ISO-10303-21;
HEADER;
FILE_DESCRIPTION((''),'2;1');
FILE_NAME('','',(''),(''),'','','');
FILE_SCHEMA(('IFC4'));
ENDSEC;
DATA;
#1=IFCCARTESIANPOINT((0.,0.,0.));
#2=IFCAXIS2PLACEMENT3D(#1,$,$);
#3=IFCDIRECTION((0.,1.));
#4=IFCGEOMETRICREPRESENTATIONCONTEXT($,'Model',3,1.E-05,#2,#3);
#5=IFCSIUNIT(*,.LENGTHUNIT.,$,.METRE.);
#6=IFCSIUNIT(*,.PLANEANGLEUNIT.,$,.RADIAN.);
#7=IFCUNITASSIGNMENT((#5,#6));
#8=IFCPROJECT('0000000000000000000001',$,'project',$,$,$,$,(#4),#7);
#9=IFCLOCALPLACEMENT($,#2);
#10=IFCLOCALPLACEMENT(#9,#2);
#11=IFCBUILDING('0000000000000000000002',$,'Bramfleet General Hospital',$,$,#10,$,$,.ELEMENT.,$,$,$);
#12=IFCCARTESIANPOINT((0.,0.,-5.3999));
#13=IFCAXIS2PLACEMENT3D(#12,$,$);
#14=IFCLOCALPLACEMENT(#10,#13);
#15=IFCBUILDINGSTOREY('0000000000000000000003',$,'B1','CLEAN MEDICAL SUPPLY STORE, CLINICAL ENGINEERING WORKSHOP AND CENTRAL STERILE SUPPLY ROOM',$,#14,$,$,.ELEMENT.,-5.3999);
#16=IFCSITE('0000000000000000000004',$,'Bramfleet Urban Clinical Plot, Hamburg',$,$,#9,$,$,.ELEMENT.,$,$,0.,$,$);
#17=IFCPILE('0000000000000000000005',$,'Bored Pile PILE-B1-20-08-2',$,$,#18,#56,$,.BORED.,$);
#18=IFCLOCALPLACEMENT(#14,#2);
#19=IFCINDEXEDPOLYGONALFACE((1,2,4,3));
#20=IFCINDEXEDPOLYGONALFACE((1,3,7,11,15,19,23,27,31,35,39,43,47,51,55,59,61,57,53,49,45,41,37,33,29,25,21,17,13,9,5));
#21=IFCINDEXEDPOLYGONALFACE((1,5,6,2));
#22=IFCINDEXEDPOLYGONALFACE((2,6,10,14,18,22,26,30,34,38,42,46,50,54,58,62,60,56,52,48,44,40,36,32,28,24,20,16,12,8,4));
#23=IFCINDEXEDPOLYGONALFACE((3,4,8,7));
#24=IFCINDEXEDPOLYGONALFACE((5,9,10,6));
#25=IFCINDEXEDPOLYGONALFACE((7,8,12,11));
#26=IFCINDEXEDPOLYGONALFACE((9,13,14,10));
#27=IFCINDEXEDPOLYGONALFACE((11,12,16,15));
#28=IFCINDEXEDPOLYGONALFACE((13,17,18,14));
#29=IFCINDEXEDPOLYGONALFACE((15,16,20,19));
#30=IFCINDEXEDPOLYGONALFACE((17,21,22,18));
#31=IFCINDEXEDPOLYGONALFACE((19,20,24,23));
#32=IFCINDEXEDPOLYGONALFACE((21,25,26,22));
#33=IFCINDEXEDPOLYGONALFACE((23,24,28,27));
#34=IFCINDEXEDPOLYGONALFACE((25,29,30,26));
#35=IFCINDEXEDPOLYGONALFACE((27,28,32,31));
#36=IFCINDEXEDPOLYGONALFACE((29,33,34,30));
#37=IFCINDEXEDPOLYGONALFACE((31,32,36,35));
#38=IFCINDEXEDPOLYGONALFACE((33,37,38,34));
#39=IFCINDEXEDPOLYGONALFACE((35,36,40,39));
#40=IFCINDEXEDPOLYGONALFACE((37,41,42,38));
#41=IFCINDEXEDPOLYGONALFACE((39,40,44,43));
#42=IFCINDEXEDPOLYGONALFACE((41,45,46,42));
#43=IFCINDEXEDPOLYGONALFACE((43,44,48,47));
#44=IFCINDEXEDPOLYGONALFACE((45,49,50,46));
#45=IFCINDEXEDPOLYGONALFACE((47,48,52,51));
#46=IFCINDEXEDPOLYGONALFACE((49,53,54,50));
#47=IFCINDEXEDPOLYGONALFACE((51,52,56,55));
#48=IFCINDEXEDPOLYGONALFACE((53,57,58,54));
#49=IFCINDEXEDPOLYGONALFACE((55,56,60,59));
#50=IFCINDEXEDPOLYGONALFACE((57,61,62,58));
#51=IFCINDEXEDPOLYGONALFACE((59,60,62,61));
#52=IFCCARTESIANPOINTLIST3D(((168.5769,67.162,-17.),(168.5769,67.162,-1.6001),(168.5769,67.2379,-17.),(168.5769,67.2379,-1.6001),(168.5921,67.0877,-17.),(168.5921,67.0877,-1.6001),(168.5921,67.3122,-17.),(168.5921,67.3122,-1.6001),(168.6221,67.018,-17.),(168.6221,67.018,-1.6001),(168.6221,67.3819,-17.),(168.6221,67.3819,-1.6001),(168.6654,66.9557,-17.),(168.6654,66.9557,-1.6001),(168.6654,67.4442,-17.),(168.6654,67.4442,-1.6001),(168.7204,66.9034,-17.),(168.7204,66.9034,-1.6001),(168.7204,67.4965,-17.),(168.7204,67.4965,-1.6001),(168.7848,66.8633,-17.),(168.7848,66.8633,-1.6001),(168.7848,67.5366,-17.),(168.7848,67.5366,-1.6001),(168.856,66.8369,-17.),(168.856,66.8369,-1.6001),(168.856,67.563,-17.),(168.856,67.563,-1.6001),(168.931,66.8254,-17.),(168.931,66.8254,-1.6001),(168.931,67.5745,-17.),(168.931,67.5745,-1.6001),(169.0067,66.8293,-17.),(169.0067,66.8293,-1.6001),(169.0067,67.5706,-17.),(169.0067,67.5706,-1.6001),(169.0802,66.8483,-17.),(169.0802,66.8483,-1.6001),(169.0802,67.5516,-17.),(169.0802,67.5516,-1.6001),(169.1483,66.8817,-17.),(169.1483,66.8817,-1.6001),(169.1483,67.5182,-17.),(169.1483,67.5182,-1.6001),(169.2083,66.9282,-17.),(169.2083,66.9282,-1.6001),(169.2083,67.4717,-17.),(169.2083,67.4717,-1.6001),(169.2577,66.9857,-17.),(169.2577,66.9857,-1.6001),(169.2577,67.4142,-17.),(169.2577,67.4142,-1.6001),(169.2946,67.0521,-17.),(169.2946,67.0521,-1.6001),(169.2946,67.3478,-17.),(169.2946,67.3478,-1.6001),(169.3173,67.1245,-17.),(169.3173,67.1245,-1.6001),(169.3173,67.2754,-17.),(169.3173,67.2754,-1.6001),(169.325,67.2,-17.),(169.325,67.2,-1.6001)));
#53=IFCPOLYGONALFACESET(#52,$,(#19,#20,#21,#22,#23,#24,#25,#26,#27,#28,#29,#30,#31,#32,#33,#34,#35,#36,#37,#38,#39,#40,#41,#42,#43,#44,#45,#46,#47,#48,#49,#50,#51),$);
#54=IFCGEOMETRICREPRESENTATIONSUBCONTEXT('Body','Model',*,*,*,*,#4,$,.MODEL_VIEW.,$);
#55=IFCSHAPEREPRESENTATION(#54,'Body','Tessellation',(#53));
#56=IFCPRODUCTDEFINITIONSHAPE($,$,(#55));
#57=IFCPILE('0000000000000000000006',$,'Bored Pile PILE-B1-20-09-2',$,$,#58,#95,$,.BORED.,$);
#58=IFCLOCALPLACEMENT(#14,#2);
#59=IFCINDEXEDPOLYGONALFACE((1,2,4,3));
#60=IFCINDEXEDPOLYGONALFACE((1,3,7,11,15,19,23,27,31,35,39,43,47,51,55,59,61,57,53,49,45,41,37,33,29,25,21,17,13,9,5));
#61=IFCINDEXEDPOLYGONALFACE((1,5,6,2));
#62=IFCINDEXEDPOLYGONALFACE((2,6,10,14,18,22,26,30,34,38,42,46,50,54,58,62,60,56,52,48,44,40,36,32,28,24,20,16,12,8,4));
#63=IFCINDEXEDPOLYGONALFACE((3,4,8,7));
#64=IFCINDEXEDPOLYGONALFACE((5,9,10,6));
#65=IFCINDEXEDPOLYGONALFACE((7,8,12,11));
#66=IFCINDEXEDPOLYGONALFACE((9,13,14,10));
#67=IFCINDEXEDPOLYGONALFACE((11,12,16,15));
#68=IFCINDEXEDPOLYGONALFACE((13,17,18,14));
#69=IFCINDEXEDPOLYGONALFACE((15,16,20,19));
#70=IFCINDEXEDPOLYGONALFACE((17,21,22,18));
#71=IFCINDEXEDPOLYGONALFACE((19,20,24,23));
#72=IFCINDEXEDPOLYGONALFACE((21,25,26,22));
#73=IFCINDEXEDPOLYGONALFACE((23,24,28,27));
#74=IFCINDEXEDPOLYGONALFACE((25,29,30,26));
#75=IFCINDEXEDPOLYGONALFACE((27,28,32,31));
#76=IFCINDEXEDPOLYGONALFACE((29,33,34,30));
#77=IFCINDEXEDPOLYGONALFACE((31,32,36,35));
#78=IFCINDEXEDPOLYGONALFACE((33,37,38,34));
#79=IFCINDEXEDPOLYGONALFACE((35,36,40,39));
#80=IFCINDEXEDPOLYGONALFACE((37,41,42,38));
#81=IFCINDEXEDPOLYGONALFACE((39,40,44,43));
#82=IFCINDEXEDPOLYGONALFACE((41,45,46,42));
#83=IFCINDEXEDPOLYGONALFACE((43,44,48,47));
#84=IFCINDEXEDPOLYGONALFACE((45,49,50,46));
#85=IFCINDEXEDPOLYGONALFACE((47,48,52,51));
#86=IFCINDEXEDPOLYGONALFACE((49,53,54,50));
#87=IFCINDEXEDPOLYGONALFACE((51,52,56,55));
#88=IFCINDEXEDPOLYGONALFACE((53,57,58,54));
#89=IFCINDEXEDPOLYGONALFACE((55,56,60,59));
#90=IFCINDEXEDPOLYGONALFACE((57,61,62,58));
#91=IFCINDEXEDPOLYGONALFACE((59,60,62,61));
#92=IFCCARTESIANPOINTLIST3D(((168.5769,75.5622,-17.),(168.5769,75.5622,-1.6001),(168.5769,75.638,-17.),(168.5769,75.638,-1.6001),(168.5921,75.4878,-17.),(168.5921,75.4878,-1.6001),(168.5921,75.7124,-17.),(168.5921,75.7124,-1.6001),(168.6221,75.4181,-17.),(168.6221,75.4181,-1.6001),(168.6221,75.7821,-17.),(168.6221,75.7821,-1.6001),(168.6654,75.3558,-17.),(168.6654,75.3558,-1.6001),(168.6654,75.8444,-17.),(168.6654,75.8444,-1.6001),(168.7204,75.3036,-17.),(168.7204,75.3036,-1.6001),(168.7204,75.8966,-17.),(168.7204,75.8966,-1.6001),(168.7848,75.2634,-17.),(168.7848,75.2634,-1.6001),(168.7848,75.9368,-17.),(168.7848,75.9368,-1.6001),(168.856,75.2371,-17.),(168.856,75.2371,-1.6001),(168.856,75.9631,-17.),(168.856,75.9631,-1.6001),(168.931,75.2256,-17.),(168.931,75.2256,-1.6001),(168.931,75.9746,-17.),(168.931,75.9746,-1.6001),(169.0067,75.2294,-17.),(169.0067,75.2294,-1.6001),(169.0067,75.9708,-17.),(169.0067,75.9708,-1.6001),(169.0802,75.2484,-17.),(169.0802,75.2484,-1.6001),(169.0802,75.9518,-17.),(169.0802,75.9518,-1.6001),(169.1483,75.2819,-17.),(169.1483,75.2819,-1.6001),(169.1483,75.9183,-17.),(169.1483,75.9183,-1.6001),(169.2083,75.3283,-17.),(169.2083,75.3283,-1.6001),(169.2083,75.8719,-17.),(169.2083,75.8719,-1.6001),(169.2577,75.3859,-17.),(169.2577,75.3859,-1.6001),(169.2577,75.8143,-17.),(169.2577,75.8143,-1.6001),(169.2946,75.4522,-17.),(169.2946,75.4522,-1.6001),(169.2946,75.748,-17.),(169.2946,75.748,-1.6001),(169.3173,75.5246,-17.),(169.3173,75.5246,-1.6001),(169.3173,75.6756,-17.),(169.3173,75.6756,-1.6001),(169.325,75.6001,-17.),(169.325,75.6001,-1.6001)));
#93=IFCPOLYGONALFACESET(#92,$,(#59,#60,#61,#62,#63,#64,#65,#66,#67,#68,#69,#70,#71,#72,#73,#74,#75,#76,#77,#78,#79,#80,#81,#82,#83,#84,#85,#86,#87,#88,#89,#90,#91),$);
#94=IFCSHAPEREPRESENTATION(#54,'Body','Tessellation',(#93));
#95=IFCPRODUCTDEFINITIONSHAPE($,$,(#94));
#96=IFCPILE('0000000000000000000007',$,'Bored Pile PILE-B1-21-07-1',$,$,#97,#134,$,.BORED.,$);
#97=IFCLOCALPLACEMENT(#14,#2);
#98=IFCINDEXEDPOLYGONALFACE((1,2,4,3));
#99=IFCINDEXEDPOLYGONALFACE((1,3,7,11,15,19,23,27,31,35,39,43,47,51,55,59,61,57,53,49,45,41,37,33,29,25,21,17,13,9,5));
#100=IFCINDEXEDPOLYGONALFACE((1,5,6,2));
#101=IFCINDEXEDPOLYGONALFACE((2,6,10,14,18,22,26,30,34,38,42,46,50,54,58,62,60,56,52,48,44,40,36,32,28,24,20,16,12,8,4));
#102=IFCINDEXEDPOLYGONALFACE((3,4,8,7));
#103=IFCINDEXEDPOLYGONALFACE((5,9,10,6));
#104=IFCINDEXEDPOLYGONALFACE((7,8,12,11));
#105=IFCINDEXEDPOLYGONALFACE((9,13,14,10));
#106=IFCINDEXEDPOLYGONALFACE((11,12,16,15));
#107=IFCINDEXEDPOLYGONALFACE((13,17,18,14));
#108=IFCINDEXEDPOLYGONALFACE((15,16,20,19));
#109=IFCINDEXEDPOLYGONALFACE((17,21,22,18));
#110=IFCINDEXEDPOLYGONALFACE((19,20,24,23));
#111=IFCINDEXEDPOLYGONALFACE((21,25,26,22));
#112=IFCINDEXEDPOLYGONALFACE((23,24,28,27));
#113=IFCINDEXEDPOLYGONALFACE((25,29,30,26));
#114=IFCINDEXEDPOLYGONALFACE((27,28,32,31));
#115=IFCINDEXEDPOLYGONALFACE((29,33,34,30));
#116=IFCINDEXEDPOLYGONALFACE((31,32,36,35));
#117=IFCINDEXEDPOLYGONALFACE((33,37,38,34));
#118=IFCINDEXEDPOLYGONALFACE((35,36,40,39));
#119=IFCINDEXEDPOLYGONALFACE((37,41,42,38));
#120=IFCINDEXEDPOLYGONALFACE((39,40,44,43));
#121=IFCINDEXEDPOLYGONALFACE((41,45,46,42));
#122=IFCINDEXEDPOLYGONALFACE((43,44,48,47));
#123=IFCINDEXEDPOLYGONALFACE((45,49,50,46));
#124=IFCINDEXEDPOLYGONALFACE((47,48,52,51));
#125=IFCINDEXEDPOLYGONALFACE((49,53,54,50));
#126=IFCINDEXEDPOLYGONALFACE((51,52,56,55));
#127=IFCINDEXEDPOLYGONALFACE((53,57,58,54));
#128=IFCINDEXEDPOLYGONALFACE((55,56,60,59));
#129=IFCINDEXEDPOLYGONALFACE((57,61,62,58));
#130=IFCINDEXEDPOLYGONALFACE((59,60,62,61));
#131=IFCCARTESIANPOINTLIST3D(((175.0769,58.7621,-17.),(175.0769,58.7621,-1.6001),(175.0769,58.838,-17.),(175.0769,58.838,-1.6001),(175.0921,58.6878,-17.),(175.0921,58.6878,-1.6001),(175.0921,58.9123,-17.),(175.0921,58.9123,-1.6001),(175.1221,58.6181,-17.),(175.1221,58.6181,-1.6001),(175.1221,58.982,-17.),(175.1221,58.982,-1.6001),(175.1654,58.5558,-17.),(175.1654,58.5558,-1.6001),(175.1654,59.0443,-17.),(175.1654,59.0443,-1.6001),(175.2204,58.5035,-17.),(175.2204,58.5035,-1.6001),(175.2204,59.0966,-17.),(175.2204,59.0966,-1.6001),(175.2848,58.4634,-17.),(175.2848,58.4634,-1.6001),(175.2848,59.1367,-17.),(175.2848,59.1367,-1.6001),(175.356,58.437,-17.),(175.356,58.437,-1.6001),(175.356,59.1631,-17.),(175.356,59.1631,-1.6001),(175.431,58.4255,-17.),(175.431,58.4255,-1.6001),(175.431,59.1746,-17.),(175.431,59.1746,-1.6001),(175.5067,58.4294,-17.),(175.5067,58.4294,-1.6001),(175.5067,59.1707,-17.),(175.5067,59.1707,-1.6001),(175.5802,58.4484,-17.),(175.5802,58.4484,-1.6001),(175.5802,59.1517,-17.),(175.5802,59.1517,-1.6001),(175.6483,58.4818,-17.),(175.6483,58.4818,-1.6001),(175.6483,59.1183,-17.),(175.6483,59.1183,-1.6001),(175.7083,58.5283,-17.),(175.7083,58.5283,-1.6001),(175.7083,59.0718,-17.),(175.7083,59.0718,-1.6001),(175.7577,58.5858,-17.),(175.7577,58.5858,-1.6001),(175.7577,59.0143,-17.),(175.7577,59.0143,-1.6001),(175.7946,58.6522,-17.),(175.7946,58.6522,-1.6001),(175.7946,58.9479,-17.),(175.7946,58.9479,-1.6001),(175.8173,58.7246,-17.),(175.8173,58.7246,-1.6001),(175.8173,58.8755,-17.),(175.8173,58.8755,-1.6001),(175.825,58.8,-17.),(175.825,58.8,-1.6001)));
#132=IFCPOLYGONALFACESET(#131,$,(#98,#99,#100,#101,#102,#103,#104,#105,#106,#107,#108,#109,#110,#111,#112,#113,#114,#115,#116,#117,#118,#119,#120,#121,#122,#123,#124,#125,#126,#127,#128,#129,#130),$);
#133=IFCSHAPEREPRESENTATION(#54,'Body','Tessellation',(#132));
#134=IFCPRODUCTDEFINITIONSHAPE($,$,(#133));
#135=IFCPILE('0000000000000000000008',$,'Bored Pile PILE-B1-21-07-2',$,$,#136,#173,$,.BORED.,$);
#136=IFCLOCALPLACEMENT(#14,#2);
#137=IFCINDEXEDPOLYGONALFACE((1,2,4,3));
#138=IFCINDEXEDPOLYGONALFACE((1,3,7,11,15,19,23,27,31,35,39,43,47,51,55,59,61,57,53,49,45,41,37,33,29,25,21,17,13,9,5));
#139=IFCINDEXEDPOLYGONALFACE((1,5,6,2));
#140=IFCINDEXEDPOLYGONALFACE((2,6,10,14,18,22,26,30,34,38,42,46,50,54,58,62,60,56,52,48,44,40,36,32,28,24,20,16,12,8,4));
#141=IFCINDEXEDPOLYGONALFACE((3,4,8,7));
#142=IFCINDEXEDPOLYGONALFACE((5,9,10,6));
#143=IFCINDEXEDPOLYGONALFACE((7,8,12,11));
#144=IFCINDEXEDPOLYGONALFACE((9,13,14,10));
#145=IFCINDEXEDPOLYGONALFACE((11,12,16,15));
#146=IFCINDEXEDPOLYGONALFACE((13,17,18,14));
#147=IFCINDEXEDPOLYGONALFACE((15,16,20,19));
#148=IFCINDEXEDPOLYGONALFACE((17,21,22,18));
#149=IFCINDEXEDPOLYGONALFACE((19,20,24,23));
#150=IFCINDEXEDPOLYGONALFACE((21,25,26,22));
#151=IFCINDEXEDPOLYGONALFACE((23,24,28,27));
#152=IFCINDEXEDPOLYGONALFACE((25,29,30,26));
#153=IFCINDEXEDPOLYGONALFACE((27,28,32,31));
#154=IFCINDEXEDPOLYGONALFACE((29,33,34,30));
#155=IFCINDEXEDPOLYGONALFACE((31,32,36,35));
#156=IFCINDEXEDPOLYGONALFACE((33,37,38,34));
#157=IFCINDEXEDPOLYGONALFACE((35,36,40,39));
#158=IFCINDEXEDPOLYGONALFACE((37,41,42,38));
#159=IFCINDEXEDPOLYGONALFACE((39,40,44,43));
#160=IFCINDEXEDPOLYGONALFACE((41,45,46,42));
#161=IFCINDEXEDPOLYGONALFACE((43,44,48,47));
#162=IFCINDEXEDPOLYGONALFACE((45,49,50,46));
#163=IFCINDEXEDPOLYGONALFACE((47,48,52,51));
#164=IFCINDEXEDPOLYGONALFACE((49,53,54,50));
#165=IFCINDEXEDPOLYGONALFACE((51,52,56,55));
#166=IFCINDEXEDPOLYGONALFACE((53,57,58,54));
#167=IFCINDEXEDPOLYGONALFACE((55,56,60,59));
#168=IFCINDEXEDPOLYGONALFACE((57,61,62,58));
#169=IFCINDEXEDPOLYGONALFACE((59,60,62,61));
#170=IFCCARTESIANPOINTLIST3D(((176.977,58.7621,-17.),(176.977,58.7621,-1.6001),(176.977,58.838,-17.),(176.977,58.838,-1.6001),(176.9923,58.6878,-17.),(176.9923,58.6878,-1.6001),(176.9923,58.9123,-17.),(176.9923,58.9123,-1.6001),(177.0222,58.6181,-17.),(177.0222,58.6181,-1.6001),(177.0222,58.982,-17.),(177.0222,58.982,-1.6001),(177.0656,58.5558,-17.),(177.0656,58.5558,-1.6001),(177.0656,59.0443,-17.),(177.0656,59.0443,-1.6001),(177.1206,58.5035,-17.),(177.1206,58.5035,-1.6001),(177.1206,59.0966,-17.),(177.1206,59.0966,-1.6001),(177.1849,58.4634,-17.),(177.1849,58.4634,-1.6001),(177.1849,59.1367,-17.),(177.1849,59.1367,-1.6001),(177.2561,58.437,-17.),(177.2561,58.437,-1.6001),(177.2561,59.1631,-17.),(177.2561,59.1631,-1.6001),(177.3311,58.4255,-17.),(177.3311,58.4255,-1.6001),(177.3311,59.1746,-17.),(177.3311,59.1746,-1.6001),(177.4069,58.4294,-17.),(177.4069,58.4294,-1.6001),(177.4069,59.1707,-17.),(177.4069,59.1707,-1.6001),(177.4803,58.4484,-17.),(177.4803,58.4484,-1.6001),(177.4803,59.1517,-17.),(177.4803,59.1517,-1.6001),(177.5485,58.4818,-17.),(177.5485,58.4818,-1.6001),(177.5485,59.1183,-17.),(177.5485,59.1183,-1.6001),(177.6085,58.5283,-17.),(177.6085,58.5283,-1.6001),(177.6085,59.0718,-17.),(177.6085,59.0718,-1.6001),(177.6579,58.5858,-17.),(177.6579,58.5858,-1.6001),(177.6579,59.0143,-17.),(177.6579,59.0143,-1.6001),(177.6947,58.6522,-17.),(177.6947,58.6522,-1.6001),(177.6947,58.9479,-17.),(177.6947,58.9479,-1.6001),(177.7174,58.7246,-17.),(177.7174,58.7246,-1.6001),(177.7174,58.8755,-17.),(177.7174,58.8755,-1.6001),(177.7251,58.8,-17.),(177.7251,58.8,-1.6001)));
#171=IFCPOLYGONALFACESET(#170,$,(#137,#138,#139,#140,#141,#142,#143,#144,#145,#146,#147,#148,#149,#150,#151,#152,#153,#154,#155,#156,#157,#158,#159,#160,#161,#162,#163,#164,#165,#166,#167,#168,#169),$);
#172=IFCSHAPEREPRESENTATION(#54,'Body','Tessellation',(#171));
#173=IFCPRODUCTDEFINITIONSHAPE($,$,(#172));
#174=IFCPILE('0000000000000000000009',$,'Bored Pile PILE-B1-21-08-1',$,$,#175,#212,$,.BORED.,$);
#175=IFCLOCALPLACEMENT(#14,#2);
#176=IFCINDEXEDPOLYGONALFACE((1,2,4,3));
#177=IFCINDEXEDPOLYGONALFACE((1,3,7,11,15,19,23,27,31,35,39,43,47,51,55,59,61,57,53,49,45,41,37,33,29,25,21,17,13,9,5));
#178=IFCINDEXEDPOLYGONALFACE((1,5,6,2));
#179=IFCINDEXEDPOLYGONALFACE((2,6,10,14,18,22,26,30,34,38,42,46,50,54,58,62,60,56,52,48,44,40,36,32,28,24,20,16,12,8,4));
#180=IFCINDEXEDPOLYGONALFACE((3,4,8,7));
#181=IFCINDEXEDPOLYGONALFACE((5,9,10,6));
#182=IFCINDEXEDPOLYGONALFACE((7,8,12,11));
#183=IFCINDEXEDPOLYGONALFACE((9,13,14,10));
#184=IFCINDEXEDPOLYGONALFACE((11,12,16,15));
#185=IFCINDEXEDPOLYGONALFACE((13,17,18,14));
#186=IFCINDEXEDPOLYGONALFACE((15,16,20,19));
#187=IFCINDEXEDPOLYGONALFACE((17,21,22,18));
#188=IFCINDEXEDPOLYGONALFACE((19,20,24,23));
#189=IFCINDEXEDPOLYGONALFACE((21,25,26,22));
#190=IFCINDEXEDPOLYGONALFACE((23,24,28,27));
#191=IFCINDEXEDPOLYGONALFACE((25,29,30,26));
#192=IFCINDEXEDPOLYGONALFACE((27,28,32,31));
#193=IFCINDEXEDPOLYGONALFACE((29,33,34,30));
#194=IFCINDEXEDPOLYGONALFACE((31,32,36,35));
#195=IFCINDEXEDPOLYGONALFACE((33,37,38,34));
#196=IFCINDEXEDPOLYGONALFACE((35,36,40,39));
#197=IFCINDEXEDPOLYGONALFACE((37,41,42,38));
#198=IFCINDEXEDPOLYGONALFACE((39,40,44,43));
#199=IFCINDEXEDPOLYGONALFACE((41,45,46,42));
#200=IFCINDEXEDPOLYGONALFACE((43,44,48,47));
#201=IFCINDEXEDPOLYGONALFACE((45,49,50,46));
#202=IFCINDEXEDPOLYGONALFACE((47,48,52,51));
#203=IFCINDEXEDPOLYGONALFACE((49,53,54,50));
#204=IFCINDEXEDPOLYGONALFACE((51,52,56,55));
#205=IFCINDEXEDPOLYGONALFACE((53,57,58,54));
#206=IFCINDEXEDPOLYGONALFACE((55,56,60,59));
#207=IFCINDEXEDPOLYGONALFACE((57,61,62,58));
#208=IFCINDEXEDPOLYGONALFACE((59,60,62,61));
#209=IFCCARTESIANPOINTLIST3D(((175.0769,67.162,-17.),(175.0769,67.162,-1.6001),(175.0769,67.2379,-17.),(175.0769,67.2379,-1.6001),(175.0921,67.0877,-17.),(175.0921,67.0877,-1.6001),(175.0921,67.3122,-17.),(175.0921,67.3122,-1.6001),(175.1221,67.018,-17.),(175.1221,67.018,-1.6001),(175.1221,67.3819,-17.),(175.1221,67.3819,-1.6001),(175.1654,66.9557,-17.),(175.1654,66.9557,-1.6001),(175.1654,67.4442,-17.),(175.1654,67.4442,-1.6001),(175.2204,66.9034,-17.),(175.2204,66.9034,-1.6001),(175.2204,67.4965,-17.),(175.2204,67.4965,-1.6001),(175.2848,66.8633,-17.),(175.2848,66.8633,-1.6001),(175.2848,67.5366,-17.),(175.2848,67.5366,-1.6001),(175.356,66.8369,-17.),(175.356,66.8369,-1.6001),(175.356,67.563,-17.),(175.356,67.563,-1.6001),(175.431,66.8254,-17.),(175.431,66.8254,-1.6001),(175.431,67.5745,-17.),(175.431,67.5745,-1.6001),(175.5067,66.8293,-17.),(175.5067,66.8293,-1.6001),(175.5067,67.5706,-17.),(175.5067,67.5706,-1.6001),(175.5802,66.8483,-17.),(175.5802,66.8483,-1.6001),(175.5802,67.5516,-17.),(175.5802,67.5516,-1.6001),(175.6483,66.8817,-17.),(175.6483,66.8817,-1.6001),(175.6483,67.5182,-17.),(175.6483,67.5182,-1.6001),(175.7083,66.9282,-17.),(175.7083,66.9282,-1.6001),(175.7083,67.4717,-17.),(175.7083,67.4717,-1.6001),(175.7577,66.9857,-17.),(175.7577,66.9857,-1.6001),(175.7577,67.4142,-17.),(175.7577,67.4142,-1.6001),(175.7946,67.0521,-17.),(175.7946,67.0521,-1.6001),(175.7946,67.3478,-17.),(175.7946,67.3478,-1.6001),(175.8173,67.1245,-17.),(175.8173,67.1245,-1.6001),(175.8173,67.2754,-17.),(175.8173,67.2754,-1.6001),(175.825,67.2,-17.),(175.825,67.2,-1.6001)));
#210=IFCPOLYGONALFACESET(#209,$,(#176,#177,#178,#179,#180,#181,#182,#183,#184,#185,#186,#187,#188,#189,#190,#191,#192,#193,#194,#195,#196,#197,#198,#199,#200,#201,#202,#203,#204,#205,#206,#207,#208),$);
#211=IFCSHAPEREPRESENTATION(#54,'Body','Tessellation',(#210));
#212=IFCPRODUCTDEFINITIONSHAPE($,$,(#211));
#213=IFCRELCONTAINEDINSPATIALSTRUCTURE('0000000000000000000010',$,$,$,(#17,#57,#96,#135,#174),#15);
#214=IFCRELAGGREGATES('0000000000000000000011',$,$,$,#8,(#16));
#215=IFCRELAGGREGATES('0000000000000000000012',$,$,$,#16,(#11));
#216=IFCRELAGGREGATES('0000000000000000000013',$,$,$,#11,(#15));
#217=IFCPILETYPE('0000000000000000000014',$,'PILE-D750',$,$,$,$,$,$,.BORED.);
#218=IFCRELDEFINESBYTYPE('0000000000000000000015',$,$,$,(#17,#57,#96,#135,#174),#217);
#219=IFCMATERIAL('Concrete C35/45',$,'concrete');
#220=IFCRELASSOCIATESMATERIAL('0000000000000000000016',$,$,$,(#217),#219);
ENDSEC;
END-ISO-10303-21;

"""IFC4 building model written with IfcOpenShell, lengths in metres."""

from ifc_helpers import new_model, si_unit, direction, frame, origin, origin_2d, place, context, subcontext, project, spatial, circle, extrude, material, material_profile, profile_set, type_object, element, save


model = new_model("IFC4")

# Units and contexts
model_context = context("Model", 3, precision=1e-05, world=origin(), true_north=direction((0.0, 1.0)))
body_context = subcontext(model_context, "Body", "Model", "MODEL_VIEW")
ifc_project = project(units=[si_unit("LENGTHUNIT", "METRE"), si_unit("PLANEANGLEUNIT", "RADIAN")], contexts=[model_context])

# Site, building, storey
site_placement = place(None, origin())
site = spatial("IfcSite", under=ifc_project, at=site_placement, Name="Bramfleet Urban Clinical Plot, Hamburg", CompositionType="ELEMENT", RefElevation=0.0)
building_placement = place(site_placement, origin())
building = spatial("IfcBuilding", under=site, at=building_placement, Name="Bramfleet General Hospital", CompositionType="ELEMENT")
storey_placement = place(building_placement, frame((0.0, 0.0, -5.3999)))
storey = spatial("IfcBuildingStorey", under=building, at=storey_placement, Name="B1", Description="CLEAN MEDICAL SUPPLY STORE, CLINICAL ENGINEERING WORKSHOP AND CENTRAL STERILE SUPPLY ROOM", CompositionType="ELEMENT", Elevation=-5.3999)

# Shared definitions
ifc_material_1 = material(Name="Concrete C35/45", Category="concrete")

# Piles
ifc_material_profile_1 = material_profile(ifc_material_1, circle(Radius=0.375, at=origin_2d()), Name="PILE BORED D750")
ifc_profile_set_1 = profile_set([ifc_material_profile_1], Name="Concrete C35/45")
pile_type = type_object("IfcPileType", Name="PILE-D750", PredefinedType="BORED", material=ifc_profile_set_1)
for number, where, z_axis, x_axis, name in (
    (1, (168.95, 67.2, -1.6001), (0.0, 0.0, -1.0), (1.0, 0.0, 0.0), "Bored Pile PILE-B1-20-08-2"),
    (2, (168.95, 75.6001, -1.6001), (0.0, 0.0, -1.0), (1.0, 0.0, 0.0), "Bored Pile PILE-B1-20-09-2"),
    (3, (175.45, 58.8, -1.6001), (0.0, 0.0, -1.0), (1.0, 0.0, 0.0), "Bored Pile PILE-B1-21-07-1"),
    (4, (177.3501, 58.8, -1.6001), (0.0, 0.0, -1.0), (1.0, 0.0, 0.0), "Bored Pile PILE-B1-21-07-2"),
    (5, (175.45, 67.2, -1.6001), (0.0, 0.0, -1.0), (1.0, 0.0, 0.0), "Bored Pile PILE-B1-21-08-1"),
):
    element("IfcPile", number, at=place(storey_placement, frame(where, z_axis=z_axis, x_axis=x_axis)), inside=storey, type_object=pile_type, Name=name, PredefinedType="BORED", context=body_context, shape_type="SweptSolid", body=[
        extrude(circle(Radius=0.375, at=origin_2d()), origin(), (0.0, 0.0, 1.0), 15.3999),
    ])

save(model, "model.ifc")
